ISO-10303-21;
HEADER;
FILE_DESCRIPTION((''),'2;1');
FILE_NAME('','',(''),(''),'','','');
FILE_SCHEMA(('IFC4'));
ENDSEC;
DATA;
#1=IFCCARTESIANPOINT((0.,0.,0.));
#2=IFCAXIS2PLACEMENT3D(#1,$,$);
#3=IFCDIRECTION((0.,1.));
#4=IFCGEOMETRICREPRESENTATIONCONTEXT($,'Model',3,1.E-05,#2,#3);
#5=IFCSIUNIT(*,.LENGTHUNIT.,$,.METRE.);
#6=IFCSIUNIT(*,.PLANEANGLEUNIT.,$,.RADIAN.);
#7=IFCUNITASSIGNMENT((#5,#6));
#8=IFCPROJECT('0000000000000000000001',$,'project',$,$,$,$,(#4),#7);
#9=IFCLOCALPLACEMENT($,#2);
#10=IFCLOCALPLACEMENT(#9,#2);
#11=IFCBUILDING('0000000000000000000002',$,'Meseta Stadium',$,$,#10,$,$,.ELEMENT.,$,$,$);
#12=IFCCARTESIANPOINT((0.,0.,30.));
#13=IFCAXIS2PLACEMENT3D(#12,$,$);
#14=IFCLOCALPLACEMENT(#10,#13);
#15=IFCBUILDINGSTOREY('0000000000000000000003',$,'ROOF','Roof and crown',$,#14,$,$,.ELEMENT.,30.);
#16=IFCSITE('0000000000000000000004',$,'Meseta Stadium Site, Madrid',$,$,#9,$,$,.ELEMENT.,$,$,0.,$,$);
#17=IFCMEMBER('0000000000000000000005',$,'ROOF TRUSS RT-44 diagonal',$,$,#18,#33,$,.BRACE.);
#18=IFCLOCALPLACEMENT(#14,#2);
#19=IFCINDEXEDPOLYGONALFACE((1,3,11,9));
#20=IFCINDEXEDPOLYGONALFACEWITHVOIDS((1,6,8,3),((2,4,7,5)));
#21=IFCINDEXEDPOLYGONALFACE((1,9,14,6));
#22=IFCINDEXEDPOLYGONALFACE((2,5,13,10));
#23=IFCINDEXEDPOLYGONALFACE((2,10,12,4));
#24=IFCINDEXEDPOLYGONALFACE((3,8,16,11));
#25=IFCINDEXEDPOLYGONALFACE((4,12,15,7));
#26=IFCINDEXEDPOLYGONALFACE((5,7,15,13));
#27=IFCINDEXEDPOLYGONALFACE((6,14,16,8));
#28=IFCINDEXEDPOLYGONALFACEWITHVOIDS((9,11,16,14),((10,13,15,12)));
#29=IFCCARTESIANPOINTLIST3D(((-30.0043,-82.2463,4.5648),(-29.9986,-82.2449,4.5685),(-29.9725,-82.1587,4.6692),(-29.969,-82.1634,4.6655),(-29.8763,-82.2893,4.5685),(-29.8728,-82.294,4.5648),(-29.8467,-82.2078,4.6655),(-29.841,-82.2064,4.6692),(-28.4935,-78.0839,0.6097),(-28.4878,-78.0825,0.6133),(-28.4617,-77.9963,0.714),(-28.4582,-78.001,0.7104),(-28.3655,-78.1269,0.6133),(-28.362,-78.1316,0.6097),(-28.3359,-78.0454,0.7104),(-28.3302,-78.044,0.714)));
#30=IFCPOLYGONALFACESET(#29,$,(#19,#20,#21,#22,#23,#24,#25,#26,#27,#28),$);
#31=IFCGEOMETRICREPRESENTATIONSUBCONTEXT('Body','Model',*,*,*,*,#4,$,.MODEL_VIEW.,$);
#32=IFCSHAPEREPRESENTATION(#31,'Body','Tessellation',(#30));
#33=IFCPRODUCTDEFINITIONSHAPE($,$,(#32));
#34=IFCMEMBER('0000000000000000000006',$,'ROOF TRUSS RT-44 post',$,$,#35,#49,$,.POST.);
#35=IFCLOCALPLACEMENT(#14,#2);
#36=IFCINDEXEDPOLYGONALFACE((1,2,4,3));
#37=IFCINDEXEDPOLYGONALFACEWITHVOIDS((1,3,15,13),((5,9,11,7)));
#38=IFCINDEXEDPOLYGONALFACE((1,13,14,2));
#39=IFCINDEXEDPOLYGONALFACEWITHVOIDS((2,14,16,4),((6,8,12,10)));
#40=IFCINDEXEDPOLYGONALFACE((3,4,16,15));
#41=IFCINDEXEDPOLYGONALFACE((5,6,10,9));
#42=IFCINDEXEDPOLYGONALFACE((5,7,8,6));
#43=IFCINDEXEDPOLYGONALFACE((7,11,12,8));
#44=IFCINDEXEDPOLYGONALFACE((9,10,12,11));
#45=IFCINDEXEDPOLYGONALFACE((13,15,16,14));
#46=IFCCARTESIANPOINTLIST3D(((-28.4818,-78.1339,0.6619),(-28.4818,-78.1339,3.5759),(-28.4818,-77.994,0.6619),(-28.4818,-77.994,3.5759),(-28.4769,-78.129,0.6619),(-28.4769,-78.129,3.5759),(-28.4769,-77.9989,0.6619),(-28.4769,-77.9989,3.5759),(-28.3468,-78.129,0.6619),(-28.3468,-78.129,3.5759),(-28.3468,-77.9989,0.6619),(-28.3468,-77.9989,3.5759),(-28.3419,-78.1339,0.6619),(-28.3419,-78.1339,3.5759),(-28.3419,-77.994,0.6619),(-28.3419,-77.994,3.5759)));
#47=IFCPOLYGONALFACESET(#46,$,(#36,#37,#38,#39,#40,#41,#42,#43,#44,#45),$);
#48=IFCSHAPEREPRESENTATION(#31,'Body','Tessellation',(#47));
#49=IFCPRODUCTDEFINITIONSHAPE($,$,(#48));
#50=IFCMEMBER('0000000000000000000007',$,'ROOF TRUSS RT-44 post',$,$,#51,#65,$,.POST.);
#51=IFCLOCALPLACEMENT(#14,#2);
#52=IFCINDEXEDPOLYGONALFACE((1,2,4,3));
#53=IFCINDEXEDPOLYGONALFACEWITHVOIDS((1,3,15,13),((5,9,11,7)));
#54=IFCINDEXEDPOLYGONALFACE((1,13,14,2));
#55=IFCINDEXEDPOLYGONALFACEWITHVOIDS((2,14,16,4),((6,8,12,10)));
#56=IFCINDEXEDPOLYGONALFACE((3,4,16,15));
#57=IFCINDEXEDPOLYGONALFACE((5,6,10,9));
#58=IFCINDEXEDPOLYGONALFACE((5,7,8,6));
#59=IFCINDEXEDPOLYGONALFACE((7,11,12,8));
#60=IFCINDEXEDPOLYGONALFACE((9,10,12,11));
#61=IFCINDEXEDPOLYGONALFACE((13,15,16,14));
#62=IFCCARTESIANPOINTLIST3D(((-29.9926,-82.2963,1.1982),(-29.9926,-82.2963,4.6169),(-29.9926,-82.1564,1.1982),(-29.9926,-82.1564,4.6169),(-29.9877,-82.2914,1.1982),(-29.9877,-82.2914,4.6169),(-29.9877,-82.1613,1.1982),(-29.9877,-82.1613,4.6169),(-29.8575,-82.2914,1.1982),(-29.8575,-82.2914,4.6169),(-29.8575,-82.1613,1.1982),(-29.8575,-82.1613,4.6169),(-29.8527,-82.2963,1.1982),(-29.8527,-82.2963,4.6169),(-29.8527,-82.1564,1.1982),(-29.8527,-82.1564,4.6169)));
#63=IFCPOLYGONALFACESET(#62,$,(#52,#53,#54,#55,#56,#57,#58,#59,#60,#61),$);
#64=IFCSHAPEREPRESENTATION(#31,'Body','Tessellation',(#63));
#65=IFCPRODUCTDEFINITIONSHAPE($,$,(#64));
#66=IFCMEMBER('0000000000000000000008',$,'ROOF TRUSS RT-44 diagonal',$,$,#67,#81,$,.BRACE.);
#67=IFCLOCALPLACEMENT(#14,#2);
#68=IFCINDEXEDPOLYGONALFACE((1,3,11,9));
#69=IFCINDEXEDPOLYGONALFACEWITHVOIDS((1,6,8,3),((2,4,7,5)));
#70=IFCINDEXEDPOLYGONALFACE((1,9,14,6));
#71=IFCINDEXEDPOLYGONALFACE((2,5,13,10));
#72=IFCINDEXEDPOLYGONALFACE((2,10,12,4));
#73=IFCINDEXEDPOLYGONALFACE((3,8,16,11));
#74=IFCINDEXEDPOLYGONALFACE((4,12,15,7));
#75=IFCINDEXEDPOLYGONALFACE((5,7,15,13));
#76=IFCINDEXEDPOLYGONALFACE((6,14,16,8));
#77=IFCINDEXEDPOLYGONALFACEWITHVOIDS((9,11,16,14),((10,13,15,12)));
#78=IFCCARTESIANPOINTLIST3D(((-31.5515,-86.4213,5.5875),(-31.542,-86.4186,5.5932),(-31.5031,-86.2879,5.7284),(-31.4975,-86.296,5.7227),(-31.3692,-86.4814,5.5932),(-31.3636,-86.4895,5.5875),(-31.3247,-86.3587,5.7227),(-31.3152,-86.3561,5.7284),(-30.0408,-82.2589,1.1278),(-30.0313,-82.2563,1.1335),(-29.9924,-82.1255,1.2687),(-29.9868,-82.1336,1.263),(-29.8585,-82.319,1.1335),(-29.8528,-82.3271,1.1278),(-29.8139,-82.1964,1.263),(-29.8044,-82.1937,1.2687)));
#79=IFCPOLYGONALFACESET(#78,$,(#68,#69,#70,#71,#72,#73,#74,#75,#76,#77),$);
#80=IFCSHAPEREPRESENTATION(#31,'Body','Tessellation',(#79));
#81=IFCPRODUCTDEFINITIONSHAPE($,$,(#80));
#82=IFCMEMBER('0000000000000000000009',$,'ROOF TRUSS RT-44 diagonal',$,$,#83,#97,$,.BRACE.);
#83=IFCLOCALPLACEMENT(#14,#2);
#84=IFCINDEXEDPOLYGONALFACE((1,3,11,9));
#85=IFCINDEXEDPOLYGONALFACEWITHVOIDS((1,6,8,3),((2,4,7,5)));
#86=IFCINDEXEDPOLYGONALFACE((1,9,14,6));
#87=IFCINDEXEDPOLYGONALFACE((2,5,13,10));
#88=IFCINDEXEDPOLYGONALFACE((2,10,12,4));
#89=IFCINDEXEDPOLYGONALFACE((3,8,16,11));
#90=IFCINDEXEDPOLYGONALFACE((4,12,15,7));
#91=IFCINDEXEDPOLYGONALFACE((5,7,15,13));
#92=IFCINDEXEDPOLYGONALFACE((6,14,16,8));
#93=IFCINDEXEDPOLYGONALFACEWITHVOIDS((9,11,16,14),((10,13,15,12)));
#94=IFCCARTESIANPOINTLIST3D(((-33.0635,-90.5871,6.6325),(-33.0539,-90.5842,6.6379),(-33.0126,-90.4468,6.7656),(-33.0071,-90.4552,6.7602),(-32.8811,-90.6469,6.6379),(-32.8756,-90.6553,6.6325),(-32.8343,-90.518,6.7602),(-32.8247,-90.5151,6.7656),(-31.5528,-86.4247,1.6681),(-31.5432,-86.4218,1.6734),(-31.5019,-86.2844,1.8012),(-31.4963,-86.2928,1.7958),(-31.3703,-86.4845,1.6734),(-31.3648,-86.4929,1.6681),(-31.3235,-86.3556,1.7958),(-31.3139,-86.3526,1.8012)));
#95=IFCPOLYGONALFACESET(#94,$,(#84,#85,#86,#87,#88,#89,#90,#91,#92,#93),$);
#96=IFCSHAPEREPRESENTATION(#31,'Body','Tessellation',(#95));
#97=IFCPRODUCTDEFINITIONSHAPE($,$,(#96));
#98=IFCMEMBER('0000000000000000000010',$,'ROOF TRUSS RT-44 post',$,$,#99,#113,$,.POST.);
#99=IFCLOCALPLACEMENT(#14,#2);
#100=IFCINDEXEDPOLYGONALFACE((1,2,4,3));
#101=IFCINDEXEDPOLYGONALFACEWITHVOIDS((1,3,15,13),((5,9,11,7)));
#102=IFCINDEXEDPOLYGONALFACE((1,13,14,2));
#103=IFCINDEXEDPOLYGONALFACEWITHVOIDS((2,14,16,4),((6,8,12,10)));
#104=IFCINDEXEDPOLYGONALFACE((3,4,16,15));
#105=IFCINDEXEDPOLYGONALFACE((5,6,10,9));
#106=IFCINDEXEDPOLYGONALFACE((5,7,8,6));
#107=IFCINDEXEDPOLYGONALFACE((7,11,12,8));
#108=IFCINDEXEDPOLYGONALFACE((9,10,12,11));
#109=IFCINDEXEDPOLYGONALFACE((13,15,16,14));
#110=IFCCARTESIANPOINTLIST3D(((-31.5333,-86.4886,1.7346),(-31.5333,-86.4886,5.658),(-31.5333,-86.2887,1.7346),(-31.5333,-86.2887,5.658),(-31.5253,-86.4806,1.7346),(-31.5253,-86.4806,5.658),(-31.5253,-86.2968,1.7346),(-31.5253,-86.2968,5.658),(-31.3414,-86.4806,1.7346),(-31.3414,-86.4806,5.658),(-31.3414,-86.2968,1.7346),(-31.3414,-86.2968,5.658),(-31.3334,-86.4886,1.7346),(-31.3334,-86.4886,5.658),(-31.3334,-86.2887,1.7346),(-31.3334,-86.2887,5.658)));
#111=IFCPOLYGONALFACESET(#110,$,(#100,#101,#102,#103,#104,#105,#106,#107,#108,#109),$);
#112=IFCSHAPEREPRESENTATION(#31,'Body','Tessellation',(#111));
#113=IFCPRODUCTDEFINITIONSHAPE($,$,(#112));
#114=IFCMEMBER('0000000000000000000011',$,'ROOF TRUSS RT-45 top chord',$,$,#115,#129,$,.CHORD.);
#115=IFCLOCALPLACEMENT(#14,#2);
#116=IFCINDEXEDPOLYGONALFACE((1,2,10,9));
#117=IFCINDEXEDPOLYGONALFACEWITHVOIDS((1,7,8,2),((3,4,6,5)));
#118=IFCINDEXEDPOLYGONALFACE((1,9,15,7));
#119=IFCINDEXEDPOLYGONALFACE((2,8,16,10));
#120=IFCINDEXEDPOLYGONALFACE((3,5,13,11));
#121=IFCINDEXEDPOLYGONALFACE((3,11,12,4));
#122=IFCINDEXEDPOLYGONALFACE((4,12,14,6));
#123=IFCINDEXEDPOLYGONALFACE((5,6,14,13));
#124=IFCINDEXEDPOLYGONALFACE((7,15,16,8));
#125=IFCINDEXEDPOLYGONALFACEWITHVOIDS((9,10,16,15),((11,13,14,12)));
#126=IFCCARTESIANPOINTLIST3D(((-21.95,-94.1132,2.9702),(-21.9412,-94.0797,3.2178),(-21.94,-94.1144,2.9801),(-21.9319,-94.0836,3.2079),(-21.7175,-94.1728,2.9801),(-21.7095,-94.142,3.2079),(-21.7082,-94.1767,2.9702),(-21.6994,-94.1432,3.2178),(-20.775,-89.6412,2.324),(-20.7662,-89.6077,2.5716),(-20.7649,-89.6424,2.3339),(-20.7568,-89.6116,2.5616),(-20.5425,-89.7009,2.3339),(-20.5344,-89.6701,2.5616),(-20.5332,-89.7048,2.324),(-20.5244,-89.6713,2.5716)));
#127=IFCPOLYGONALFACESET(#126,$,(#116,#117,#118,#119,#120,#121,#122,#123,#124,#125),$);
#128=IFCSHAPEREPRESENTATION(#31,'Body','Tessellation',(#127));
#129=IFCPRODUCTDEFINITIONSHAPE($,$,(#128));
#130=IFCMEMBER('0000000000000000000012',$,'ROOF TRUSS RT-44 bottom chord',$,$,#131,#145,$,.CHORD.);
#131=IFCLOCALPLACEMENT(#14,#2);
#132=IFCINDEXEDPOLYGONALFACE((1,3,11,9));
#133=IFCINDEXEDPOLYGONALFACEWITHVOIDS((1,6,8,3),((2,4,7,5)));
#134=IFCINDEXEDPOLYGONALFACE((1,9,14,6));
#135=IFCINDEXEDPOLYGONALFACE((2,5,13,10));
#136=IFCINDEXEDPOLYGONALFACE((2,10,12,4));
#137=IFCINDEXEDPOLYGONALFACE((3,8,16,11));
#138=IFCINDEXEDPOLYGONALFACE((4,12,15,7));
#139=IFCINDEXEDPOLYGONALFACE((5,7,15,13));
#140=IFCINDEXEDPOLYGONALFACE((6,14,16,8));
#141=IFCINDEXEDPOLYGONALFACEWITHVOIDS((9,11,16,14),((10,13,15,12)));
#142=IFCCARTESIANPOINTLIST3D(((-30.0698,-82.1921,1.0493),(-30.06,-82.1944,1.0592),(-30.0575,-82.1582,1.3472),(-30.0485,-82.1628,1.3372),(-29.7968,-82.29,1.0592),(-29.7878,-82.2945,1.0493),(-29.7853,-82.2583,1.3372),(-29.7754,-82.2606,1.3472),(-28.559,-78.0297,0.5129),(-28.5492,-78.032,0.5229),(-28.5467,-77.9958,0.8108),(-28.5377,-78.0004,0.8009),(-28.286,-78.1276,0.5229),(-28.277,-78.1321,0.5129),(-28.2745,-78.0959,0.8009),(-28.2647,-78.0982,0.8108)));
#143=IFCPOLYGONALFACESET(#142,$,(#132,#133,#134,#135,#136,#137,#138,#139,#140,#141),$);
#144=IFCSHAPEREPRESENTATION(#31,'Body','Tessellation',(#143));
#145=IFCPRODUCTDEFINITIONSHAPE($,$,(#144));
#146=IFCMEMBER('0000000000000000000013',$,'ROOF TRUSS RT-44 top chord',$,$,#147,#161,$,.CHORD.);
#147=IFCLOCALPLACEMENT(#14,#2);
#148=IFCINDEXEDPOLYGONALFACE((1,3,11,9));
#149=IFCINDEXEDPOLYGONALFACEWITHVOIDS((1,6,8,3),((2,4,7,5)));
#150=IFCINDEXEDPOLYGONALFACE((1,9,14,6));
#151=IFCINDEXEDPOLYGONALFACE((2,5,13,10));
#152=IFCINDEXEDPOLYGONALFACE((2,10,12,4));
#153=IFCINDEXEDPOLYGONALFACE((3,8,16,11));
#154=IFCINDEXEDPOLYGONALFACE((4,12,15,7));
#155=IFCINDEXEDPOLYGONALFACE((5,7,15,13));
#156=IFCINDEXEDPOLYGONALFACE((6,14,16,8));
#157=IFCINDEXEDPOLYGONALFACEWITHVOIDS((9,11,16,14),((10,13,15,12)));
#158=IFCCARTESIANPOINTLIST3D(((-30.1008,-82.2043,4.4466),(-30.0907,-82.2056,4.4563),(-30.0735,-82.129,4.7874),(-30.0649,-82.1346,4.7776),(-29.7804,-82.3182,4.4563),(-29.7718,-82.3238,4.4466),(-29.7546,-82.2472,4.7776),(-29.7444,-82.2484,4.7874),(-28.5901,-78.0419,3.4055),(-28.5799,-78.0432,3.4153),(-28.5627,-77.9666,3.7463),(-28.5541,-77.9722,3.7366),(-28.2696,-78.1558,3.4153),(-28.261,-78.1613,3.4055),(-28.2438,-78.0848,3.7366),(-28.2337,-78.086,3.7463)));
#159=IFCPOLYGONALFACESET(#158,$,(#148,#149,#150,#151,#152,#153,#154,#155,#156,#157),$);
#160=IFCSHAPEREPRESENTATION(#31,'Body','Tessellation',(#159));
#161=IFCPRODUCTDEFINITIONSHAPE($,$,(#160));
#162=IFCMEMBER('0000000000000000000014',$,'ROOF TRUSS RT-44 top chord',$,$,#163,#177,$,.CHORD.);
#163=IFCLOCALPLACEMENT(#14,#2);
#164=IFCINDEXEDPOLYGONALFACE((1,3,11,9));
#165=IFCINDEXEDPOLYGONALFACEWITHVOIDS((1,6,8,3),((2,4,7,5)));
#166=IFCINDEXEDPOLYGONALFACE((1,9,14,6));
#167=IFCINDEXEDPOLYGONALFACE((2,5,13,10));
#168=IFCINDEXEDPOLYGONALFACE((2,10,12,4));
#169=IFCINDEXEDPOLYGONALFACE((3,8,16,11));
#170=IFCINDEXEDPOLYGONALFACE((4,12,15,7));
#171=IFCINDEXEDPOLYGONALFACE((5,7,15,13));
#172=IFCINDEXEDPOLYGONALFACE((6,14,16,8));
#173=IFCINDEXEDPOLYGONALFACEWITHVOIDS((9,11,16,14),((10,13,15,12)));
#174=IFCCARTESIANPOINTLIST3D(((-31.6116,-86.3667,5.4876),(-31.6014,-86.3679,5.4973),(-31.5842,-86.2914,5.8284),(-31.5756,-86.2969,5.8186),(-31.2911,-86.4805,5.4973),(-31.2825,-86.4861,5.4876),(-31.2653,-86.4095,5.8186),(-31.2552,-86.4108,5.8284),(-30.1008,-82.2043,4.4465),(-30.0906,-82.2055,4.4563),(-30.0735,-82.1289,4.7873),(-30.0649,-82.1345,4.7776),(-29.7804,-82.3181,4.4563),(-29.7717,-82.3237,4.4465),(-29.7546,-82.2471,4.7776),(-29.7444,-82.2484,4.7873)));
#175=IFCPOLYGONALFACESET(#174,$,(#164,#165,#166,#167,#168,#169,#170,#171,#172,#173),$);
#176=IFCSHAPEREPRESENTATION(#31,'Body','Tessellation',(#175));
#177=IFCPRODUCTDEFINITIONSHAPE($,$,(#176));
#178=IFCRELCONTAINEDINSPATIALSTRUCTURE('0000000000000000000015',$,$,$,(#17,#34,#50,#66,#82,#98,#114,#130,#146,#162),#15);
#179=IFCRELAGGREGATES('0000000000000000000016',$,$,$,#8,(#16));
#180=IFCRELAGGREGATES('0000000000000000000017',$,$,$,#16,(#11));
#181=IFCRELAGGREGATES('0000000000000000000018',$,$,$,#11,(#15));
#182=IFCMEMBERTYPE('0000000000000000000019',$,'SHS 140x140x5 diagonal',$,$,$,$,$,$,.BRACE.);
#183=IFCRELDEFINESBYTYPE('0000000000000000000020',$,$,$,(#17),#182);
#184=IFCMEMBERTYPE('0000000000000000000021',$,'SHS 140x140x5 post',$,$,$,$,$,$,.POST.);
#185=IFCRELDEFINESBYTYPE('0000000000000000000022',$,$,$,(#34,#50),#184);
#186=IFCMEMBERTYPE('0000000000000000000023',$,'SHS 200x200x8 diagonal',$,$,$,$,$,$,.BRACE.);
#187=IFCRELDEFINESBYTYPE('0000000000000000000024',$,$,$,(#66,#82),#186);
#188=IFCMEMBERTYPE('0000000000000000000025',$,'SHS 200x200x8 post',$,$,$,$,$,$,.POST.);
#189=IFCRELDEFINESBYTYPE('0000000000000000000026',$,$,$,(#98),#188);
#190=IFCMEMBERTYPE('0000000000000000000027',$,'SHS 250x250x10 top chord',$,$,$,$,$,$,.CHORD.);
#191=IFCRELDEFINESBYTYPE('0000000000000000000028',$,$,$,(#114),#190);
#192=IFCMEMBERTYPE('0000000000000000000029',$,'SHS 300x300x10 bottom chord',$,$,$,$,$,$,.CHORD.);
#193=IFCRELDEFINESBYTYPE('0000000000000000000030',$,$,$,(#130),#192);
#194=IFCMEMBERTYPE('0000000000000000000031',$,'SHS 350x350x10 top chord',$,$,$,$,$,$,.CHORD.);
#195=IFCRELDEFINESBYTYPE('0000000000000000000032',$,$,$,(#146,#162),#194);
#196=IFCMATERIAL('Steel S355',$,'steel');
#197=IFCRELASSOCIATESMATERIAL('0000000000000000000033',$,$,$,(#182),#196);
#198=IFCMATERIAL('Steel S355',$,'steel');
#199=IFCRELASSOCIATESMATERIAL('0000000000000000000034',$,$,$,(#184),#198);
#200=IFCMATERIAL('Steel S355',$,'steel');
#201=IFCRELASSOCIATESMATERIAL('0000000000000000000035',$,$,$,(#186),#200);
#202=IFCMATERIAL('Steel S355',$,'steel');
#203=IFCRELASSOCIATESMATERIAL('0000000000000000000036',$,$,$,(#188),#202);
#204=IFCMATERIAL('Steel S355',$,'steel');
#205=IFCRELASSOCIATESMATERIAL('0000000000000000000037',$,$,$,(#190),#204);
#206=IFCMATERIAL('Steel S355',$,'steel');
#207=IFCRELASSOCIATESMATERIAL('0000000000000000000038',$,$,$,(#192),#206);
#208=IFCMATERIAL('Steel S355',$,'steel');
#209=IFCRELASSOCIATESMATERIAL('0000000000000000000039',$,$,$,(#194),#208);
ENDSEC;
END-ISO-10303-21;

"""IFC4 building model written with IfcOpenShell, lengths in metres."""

from ifc_helpers import new_model, si_unit, direction, frame, origin, origin_2d, place, context, subcontext, project, spatial, hollow_rectangle, extrude, material, material_profile, profile_set, type_object, element, save


model = new_model("IFC4")

# Units and contexts
model_context = context("Model", 3, precision=1e-05, world=origin(), true_north=direction((0.0, 1.0)))
body_context = subcontext(model_context, "Body", "Model", "MODEL_VIEW")
ifc_project = project(units=[si_unit("LENGTHUNIT", "METRE"), si_unit("PLANEANGLEUNIT", "RADIAN")], contexts=[model_context])

# Site, building, storey
site_placement = place(None, origin())
site = spatial("IfcSite", under=ifc_project, at=site_placement, Name="Meseta Stadium Site, Madrid", CompositionType="ELEMENT", RefElevation=0.0)
building_placement = place(site_placement, origin())
building = spatial("IfcBuilding", under=site, at=building_placement, Name="Meseta Stadium", CompositionType="ELEMENT")
storey_placement = place(building_placement, frame((0.0, 0.0, 30.0)))
storey = spatial("IfcBuildingStorey", under=building, at=storey_placement, Name="ROOF", Description="Roof and crown", CompositionType="ELEMENT", Elevation=30.0)

# Members
ifc_material_1 = material(Name="Steel S355", Category="steel")
ifc_material_profile_1 = material_profile(ifc_material_1, hollow_rectangle(XDim=0.1399, YDim=0.1399, WallThickness=0.0049, at=origin_2d()), Name="SHS 140x140x5")
ifc_profile_set_1 = profile_set([ifc_material_profile_1], Name="Steel S355")
member_type_1 = type_object("IfcMemberType", Name="SHS 140x140x5 diagonal", PredefinedType="BRACE", material=ifc_profile_set_1)
member_1_placement = place(storey_placement, frame((-28.4119, -78.064, 0.6619), z_axis=(-0.254454, -0.701065, 0.666154), x_axis=(0.939999, -0.341176, 0.0)))
element("IfcMember", 1, at=member_1_placement, inside=storey, type_object=member_type_1, Name="ROOF TRUSS RT-44 diagonal", PredefinedType="BRACE", context=body_context, shape_type="SweptSolid", body=[
    extrude(hollow_rectangle(XDim=0.1399, YDim=0.1399, WallThickness=0.0049, at=origin_2d()), origin(), (0.0, 0.0, 1.0), 5.9373),
])
ifc_material_2 = material(Name="Steel S355", Category="steel")
ifc_material_profile_2 = material_profile(ifc_material_2, hollow_rectangle(XDim=0.1399, YDim=0.1399, WallThickness=0.0049, at=origin_2d()), Name="SHS 140x140x5")
ifc_profile_set_2 = profile_set([ifc_material_profile_2], Name="Steel S355")
member_type_2 = type_object("IfcMemberType", Name="SHS 140x140x5 post", PredefinedType="POST", material=ifc_profile_set_2)
member_2_placement = place(storey_placement, frame((-28.4119, -78.064, 0.6619), z_axis=(0.0, 0.0, 1.0), x_axis=(1.0, 0.0, 0.0)))
element("IfcMember", 2, at=member_2_placement, inside=storey, type_object=member_type_2, Name="ROOF TRUSS RT-44 post", PredefinedType="POST", context=body_context, shape_type="SweptSolid", body=[
    extrude(hollow_rectangle(XDim=0.1399, YDim=0.1399, WallThickness=0.0049, at=origin_2d()), origin(), (0.0, 0.0, 1.0), 2.9141),
])
member_3_placement = place(storey_placement, frame((-29.9226, -82.2263, 1.1982), z_axis=(0.0, 0.0, 1.0), x_axis=(1.0, 0.0, 0.0)))
element("IfcMember", 3, at=member_3_placement, inside=storey, type_object=member_type_2, Name="ROOF TRUSS RT-44 post", PredefinedType="POST", context=body_context, shape_type="SweptSolid", body=[
    extrude(hollow_rectangle(XDim=0.1399, YDim=0.1399, WallThickness=0.0049, at=origin_2d()), origin(), (0.0, 0.0, 1.0), 3.4187),
])
ifc_material_3 = material(Name="Steel S355", Category="steel")
ifc_material_profile_3 = material_profile(ifc_material_3, hollow_rectangle(XDim=0.2, YDim=0.2, WallThickness=0.0081, at=origin_2d()), Name="SHS 200x200x8")
ifc_profile_set_3 = profile_set([ifc_material_profile_3], Name="Steel S355")
member_type_3 = type_object("IfcMemberType", Name="SHS 200x200x8 diagonal", PredefinedType="BRACE", material=ifc_profile_set_3)
member_4_placement = place(storey_placement, frame((-29.9226, -82.2263, 1.1982), z_axis=(-0.240387, -0.662307, 0.709623), x_axis=(0.939999, -0.341176, 0.0)))
element("IfcMember", 4, at=member_4_placement, inside=storey, type_object=member_type_3, Name="ROOF TRUSS RT-44 diagonal", PredefinedType="BRACE", context=body_context, shape_type="SweptSolid", body=[
    extrude(hollow_rectangle(XDim=0.2, YDim=0.2, WallThickness=0.0081, at=origin_2d()), origin(), (0.0, 0.0, 1.0), 6.2847),
])
member_5_placement = place(storey_placement, frame((-31.4333, -86.3887, 1.7346), z_axis=(-0.227103, -0.625707, 0.746268), x_axis=(0.939999, -0.341176, 0.0)))
element("IfcMember", 5, at=member_5_placement, inside=storey, type_object=member_type_3, Name="ROOF TRUSS RT-44 diagonal", PredefinedType="BRACE", context=body_context, shape_type="SweptSolid", body=[
    extrude(hollow_rectangle(XDim=0.2, YDim=0.2, WallThickness=0.0081, at=origin_2d()), origin(), (0.0, 0.0, 1.0), 6.6523),
])
ifc_material_4 = material(Name="Steel S355", Category="steel")
ifc_material_profile_4 = material_profile(ifc_material_4, hollow_rectangle(XDim=0.2, YDim=0.2, WallThickness=0.0081, at=origin_2d()), Name="SHS 200x200x8")
ifc_profile_set_4 = profile_set([ifc_material_profile_4], Name="Steel S355")
member_type_4 = type_object("IfcMemberType", Name="SHS 200x200x8 post", PredefinedType="POST", material=ifc_profile_set_4)
member_6_placement = place(storey_placement, frame((-31.4333, -86.3887, 1.7346), z_axis=(0.0, 0.0, 1.0), x_axis=(1.0, 0.0, 0.0)))
element("IfcMember", 6, at=member_6_placement, inside=storey, type_object=member_type_4, Name="ROOF TRUSS RT-44 post", PredefinedType="POST", context=body_context, shape_type="SweptSolid", body=[
    extrude(hollow_rectangle(XDim=0.2, YDim=0.2, WallThickness=0.0081, at=origin_2d()), origin(), (0.0, 0.0, 1.0), 3.9233),
])
ifc_material_5 = material(Name="Steel S355", Category="steel")
ifc_material_profile_5 = material_profile(ifc_material_5, hollow_rectangle(XDim=0.25, YDim=0.25, WallThickness=0.01, at=origin_2d()), Name="SHS 250x250x10")
ifc_profile_set_5 = profile_set([ifc_material_profile_5], Name="Steel S355")
member_type_5 = type_object("IfcMemberType", Name="SHS 250x250x10 top chord", PredefinedType="CHORD", material=ifc_profile_set_5)
member_7_placement = place(storey_placement, frame((-20.6497, -89.6562, 2.4478), z_axis=(-0.251688, -0.957858, 0.138421), x_axis=(0.967169, -0.254135, 0.0)))
element("IfcMember", 7, at=member_7_placement, inside=storey, type_object=member_type_5, Name="ROOF TRUSS RT-45 top chord", PredefinedType="CHORD", context=body_context, shape_type="SweptSolid", body=[
    extrude(hollow_rectangle(XDim=0.25, YDim=0.25, WallThickness=0.01, at=origin_2d()), origin(), (0.0, 0.0, 1.0), 4.6687),
])
ifc_material_6 = material(Name="Steel S355", Category="steel")
ifc_material_profile_6 = material_profile(ifc_material_6, hollow_rectangle(XDim=0.3, YDim=0.3, WallThickness=0.01, at=origin_2d()), Name="SHS 300x300x10")
ifc_profile_set_6 = profile_set([ifc_material_profile_6], Name="Steel S355")
member_type_6 = type_object("IfcMemberType", Name="SHS 300x300x10 bottom chord", PredefinedType="CHORD", material=ifc_profile_set_6)
member_8_placement = place(storey_placement, frame((-28.4119, -78.064, 0.6619), z_axis=(-0.338701, -0.933178, 0.120253), x_axis=(0.939999, -0.341176, 0.0)))
element("IfcMember", 8, at=member_8_placement, inside=storey, type_object=member_type_6, Name="ROOF TRUSS RT-44 bottom chord", PredefinedType="CHORD", context=body_context, shape_type="SweptSolid", body=[
    extrude(hollow_rectangle(XDim=0.3, YDim=0.3, WallThickness=0.01, at=origin_2d()), origin(), (0.0, 0.0, 1.0), 4.4604),
])
ifc_material_7 = material(Name="Steel S355", Category="steel")
ifc_material_profile_7 = material_profile(ifc_material_7, hollow_rectangle(XDim=0.3501, YDim=0.3501, WallThickness=0.01, at=origin_2d()), Name="SHS 350x350x10")
ifc_profile_set_7 = profile_set([ifc_material_profile_7], Name="Steel S355")
member_type_7 = type_object("IfcMemberType", Name="SHS 350x350x10 top chord", PredefinedType="CHORD", material=ifc_profile_set_7)
for number, where, z_axis, x_axis, name in (
    (9, (-28.4119, -78.064, 3.5759), (-0.332122, -0.915052, 0.228857), (0.939999, -0.341176, 0.0), "ROOF TRUSS RT-44 top chord"),
    (10, (-29.9226, -82.2263, 4.6169), (-0.332122, -0.915052, 0.228857), (0.939999, -0.341176, 0.0), "ROOF TRUSS RT-44 top chord"),
):
    element("IfcMember", number, at=place(storey_placement, frame(where, z_axis=z_axis, x_axis=x_axis)), inside=storey, type_object=member_type_7, Name=name, PredefinedType="CHORD", context=body_context, shape_type="SweptSolid", body=[
        extrude(hollow_rectangle(XDim=0.3501, YDim=0.3501, WallThickness=0.01, at=origin_2d()), origin(), (0.0, 0.0, 1.0), 4.5488),
    ])

save(model, "model.ifc")
